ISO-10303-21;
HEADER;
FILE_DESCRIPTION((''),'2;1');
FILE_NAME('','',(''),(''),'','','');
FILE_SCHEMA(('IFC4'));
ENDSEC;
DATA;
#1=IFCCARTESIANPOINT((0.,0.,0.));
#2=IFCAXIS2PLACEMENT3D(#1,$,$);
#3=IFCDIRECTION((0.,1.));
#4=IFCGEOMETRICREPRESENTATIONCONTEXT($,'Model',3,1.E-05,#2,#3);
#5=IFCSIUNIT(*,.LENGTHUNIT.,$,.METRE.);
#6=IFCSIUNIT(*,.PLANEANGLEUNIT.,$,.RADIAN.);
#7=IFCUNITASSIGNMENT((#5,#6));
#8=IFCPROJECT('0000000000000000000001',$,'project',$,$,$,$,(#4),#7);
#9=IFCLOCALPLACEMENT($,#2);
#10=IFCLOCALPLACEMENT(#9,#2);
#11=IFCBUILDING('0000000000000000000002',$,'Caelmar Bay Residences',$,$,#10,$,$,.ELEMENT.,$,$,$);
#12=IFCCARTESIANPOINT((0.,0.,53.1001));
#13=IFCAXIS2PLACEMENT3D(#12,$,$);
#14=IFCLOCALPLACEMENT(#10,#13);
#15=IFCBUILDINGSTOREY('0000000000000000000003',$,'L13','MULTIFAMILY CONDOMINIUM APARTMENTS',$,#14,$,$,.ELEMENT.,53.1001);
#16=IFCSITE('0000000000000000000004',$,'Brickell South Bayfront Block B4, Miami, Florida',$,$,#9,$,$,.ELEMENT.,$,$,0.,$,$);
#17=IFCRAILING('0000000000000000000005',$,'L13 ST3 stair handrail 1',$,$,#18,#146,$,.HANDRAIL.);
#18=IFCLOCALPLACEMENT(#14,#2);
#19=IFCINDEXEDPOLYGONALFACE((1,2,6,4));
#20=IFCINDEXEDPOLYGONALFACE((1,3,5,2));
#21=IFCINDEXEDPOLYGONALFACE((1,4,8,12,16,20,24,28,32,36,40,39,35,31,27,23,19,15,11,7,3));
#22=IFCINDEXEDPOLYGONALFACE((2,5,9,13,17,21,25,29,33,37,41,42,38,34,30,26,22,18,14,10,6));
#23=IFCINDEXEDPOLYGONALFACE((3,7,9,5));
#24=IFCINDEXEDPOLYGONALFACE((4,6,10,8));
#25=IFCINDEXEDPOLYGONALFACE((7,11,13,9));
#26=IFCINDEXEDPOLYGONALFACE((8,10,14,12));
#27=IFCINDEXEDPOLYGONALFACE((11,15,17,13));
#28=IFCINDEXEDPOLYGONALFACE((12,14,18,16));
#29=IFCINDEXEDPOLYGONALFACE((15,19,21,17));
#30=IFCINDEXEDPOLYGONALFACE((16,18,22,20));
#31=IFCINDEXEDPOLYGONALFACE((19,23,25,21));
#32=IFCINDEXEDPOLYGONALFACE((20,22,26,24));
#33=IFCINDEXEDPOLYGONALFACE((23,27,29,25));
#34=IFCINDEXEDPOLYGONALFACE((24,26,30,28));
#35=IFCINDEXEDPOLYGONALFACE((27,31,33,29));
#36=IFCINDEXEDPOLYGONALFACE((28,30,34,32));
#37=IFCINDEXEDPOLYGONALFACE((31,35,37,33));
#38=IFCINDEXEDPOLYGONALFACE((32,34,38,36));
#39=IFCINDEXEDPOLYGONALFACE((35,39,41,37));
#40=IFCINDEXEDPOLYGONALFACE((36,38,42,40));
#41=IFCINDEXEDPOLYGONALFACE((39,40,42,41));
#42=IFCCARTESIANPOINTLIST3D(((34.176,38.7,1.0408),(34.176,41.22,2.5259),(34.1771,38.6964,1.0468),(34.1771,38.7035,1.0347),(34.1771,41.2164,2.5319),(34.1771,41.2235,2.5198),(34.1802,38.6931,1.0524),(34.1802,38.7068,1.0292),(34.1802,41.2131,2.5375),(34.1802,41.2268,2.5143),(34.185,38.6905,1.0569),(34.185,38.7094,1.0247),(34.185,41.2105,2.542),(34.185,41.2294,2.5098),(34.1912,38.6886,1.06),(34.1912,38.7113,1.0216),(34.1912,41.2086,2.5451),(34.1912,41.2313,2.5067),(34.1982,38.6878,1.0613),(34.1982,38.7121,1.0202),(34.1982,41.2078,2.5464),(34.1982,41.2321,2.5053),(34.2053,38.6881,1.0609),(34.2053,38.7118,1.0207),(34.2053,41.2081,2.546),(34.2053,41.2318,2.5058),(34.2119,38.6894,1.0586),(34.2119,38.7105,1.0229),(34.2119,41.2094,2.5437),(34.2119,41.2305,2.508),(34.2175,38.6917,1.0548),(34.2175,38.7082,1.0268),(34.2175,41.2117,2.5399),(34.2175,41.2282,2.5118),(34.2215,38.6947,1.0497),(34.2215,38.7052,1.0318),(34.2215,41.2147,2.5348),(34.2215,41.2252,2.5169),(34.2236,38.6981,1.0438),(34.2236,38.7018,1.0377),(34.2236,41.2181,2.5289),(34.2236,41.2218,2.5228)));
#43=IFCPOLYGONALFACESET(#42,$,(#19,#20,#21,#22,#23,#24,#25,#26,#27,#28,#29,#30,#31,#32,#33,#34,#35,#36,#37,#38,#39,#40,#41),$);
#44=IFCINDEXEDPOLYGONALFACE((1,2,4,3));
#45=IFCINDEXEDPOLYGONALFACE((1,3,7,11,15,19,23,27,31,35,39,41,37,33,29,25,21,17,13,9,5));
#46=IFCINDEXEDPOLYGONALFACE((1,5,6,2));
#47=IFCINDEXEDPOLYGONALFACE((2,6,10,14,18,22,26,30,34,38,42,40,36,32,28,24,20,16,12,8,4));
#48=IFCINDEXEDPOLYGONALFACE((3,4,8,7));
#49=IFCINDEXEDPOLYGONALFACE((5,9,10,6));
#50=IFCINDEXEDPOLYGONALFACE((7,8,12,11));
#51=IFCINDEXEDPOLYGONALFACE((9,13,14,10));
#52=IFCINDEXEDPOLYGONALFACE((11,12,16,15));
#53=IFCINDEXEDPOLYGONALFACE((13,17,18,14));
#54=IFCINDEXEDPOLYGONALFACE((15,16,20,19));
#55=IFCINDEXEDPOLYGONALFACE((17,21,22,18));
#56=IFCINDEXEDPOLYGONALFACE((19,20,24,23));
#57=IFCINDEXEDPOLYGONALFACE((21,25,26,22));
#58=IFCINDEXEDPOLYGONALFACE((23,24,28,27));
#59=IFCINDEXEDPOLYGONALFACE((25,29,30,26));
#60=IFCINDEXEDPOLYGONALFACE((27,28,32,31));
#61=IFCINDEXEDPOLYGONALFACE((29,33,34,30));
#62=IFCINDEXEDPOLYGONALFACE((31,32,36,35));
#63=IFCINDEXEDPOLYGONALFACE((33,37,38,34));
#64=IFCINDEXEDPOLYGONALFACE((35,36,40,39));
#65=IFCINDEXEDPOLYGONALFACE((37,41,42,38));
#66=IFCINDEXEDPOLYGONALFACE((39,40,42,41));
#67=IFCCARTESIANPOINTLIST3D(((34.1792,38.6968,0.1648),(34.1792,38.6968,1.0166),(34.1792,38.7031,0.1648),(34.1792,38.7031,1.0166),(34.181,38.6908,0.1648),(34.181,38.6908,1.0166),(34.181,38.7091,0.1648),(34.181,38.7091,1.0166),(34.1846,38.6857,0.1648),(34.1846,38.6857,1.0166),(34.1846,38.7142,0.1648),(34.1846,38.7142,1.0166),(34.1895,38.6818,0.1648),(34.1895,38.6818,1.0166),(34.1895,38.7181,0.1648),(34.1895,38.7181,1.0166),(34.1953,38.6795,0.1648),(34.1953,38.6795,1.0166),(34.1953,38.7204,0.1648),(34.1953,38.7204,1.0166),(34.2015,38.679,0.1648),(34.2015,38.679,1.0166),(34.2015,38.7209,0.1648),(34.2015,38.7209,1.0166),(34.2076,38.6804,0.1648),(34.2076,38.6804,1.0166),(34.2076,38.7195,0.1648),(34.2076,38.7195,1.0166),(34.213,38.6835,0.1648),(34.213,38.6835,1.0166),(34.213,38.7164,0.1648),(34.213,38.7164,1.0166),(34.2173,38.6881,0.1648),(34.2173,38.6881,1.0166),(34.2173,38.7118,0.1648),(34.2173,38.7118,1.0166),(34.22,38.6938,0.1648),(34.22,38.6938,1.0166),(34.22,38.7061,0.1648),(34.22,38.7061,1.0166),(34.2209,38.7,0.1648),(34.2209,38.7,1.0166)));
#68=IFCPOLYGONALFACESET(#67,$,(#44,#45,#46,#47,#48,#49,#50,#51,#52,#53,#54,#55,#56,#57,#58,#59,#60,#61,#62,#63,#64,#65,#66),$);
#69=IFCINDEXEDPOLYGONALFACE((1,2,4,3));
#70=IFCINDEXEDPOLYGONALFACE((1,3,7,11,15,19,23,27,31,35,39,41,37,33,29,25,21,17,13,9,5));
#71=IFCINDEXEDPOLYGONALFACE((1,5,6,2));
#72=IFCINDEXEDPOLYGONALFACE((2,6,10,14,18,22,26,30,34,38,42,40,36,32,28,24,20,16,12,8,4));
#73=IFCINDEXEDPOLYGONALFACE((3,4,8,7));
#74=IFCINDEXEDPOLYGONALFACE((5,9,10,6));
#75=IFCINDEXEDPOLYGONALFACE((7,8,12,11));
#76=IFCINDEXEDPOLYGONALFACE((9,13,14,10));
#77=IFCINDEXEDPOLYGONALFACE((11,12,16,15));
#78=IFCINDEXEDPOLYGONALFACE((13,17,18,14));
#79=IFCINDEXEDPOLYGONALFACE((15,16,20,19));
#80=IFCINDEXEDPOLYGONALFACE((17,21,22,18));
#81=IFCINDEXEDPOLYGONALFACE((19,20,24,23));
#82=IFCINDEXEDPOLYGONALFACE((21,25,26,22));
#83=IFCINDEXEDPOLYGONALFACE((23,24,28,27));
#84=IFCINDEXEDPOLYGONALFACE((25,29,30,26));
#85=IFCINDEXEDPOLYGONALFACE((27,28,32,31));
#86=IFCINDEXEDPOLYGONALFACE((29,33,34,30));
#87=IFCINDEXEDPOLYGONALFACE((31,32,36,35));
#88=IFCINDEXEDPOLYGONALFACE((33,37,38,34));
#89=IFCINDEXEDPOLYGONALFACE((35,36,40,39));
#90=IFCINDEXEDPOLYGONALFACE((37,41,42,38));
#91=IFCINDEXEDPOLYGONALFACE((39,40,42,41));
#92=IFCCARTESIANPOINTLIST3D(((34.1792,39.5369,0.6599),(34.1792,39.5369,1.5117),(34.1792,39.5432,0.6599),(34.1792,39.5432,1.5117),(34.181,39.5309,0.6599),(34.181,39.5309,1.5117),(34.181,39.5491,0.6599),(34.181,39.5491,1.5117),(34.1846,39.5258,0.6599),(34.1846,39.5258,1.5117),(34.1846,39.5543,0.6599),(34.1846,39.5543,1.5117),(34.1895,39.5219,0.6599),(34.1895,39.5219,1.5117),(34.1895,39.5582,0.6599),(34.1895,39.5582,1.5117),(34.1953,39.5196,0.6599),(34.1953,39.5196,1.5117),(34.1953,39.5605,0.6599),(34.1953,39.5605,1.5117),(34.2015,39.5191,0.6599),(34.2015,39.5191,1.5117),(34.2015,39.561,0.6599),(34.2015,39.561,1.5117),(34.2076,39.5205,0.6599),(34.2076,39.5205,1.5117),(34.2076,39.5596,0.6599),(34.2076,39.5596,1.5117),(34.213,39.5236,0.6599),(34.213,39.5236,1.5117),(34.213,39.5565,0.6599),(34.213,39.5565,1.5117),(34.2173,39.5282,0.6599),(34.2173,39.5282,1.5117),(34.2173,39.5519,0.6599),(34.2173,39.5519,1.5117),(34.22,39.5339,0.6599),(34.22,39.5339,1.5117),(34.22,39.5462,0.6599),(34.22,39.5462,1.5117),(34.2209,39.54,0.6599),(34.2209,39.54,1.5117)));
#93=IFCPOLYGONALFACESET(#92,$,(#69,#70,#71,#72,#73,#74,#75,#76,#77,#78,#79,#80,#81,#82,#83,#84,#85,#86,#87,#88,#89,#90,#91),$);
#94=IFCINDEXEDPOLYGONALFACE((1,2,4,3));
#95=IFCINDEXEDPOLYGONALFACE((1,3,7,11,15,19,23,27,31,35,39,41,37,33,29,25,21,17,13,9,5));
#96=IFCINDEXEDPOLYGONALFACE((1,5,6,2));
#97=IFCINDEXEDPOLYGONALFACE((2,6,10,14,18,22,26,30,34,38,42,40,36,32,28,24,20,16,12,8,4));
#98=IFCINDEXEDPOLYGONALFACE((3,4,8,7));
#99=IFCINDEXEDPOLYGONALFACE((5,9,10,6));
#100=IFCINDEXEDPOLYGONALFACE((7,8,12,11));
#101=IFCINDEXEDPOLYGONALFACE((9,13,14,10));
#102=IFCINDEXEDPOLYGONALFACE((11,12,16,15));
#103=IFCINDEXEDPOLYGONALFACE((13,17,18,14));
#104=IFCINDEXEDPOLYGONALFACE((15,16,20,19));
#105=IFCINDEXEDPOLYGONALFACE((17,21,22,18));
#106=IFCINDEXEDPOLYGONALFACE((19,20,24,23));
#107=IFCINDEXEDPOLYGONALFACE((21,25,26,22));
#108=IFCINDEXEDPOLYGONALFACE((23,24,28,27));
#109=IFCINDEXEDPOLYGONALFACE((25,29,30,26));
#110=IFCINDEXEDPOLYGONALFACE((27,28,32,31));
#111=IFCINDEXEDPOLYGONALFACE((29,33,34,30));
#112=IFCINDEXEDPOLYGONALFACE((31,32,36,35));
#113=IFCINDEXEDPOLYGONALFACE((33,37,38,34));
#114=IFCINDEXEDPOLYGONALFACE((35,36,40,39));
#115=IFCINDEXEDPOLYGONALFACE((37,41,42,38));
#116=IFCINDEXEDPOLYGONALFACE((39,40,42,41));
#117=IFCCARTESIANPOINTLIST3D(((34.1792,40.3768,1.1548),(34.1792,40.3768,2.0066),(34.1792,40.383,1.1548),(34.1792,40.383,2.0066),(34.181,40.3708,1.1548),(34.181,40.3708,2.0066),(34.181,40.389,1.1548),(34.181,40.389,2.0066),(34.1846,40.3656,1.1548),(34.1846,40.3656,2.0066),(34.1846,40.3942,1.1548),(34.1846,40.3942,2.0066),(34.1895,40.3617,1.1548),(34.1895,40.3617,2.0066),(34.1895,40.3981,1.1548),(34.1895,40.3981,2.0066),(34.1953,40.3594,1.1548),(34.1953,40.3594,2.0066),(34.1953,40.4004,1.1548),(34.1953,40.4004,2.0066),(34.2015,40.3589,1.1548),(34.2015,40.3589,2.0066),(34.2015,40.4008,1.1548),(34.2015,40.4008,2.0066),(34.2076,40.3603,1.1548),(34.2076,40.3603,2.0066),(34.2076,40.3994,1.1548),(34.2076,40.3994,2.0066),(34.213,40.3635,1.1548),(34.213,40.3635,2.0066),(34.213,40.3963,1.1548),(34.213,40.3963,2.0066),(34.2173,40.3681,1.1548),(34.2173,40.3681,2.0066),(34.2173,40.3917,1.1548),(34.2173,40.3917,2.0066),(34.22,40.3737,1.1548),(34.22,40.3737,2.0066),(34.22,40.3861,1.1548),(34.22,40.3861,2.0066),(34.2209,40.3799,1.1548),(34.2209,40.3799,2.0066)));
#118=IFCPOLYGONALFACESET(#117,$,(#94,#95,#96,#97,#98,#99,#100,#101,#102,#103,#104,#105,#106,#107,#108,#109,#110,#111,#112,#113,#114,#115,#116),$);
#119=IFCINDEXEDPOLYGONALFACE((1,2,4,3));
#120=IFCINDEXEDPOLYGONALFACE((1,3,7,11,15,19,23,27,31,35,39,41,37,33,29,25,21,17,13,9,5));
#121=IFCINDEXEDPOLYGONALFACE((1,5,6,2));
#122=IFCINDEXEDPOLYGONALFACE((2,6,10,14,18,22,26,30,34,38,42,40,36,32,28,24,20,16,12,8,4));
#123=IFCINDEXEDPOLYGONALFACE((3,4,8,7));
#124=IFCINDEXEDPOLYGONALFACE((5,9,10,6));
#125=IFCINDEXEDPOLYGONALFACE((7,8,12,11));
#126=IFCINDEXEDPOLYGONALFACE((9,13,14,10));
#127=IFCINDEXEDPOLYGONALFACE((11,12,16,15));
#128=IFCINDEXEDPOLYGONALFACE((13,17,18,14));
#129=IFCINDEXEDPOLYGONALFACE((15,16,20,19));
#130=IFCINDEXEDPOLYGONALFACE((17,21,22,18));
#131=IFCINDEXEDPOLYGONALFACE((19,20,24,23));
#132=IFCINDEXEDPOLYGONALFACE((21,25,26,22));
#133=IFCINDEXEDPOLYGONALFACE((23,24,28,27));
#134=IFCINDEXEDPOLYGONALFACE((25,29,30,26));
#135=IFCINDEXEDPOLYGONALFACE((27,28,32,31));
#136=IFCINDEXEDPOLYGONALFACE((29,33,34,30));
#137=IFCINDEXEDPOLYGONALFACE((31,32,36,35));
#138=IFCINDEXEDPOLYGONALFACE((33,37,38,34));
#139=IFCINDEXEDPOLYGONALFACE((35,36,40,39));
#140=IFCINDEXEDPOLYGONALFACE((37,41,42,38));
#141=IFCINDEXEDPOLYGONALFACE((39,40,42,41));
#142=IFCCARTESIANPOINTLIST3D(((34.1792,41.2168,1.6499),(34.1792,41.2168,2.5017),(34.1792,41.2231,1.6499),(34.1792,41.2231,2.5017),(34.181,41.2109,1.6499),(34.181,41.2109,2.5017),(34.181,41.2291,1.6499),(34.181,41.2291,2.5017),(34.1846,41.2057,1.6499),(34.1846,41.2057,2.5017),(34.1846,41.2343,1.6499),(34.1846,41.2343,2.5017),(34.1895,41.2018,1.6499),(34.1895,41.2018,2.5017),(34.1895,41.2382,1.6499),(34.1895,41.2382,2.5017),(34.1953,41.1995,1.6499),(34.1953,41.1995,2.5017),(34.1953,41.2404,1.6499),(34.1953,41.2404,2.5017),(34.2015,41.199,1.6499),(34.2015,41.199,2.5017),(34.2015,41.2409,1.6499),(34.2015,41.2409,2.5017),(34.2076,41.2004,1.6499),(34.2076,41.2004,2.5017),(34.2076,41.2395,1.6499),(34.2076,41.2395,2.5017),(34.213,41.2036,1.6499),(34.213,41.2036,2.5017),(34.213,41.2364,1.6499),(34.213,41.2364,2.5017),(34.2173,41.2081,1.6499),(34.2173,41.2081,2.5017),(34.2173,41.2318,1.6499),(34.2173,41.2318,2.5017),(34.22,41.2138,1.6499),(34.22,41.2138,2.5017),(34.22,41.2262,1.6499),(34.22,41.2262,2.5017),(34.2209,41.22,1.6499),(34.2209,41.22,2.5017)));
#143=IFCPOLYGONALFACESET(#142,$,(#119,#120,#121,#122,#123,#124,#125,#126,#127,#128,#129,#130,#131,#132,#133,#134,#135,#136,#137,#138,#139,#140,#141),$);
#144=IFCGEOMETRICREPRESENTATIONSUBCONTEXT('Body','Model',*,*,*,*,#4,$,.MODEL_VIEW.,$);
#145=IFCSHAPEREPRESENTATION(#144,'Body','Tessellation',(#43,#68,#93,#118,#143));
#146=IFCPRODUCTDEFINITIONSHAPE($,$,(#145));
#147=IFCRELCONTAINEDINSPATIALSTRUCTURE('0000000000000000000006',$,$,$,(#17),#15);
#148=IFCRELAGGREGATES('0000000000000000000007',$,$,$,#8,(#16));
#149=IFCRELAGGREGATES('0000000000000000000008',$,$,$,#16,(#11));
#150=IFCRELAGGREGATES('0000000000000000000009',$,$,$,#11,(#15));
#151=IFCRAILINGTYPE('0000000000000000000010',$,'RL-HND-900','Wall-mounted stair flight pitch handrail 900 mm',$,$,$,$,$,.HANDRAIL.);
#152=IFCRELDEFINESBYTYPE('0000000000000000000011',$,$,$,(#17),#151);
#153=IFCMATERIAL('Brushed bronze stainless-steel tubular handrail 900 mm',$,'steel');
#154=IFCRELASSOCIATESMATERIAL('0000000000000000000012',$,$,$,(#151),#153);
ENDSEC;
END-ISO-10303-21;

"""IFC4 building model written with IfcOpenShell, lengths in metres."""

from ifc_helpers import new_model, si_unit, direction, frame, origin, origin_2d, place, context, subcontext, project, spatial, circle, extrude, material, type_object, element, save


model = new_model("IFC4")

# Units and contexts
model_context = context("Model", 3, precision=1e-05, world=origin(), true_north=direction((0.0, 1.0)))
body_context = subcontext(model_context, "Body", "Model", "MODEL_VIEW")
ifc_project = project(units=[si_unit("LENGTHUNIT", "METRE"), si_unit("PLANEANGLEUNIT", "RADIAN")], contexts=[model_context])

# Site, building, storey
site_placement = place(None, origin())
site = spatial("IfcSite", under=ifc_project, at=site_placement, Name="Brickell South Bayfront Block B4, Miami, Florida", CompositionType="ELEMENT", RefElevation=0.0)
building_placement = place(site_placement, origin())
building = spatial("IfcBuilding", under=site, at=building_placement, Name="Caelmar Bay Residences", CompositionType="ELEMENT")
storey_placement = place(building_placement, frame((0.0, 0.0, 53.1001)))
storey = spatial("IfcBuildingStorey", under=building, at=storey_placement, Name="L13", Description="MULTIFAMILY CONDOMINIUM APARTMENTS", CompositionType="ELEMENT", Elevation=53.1001)

# Railing
ifc_material_1 = material(Name="Brushed bronze stainless-steel tubular handrail 900 mm", Category="steel")
railing_type_1 = type_object("IfcRailingType", Name="RL-HND-900", Description="Wall-mounted stair flight pitch handrail 900 mm", PredefinedType="HANDRAIL", material=ifc_material_1)
railing_1_placement = place(storey_placement, frame((34.2, 38.7, 0.1648)))
element("IfcRailing", 1, at=railing_1_placement, inside=storey, type_object=railing_type_1, Name="L13 ST3 stair handrail 1", PredefinedType="HANDRAIL", context=body_context, shape_type="SweptSolid", body=[
    extrude(circle(Radius=0.0239, at=origin_2d()), frame((0.0, 0.0, 0.876), z_axis=(0.0, 0.861524, 0.507717), x_axis=(-1.0, 0.0, 0.0)), (0.0, 0.0, 1.0), 2.925),
    extrude(circle(Radius=0.021, at=origin_2d()), origin(), (0.0, 0.0, 1.0), 0.8518),
    extrude(circle(Radius=0.021, at=origin_2d()), frame((0.0, 0.8401, 0.4951)), (0.0, 0.0, 1.0), 0.8518),
    extrude(circle(Radius=0.021, at=origin_2d()), frame((0.0, 1.6799, 0.99)), (0.0, 0.0, 1.0), 0.8518),
    extrude(circle(Radius=0.021, at=origin_2d()), frame((0.0, 2.52, 1.4851)), (0.0, 0.0, 1.0), 0.8518),
])

save(model, "model.ifc")
